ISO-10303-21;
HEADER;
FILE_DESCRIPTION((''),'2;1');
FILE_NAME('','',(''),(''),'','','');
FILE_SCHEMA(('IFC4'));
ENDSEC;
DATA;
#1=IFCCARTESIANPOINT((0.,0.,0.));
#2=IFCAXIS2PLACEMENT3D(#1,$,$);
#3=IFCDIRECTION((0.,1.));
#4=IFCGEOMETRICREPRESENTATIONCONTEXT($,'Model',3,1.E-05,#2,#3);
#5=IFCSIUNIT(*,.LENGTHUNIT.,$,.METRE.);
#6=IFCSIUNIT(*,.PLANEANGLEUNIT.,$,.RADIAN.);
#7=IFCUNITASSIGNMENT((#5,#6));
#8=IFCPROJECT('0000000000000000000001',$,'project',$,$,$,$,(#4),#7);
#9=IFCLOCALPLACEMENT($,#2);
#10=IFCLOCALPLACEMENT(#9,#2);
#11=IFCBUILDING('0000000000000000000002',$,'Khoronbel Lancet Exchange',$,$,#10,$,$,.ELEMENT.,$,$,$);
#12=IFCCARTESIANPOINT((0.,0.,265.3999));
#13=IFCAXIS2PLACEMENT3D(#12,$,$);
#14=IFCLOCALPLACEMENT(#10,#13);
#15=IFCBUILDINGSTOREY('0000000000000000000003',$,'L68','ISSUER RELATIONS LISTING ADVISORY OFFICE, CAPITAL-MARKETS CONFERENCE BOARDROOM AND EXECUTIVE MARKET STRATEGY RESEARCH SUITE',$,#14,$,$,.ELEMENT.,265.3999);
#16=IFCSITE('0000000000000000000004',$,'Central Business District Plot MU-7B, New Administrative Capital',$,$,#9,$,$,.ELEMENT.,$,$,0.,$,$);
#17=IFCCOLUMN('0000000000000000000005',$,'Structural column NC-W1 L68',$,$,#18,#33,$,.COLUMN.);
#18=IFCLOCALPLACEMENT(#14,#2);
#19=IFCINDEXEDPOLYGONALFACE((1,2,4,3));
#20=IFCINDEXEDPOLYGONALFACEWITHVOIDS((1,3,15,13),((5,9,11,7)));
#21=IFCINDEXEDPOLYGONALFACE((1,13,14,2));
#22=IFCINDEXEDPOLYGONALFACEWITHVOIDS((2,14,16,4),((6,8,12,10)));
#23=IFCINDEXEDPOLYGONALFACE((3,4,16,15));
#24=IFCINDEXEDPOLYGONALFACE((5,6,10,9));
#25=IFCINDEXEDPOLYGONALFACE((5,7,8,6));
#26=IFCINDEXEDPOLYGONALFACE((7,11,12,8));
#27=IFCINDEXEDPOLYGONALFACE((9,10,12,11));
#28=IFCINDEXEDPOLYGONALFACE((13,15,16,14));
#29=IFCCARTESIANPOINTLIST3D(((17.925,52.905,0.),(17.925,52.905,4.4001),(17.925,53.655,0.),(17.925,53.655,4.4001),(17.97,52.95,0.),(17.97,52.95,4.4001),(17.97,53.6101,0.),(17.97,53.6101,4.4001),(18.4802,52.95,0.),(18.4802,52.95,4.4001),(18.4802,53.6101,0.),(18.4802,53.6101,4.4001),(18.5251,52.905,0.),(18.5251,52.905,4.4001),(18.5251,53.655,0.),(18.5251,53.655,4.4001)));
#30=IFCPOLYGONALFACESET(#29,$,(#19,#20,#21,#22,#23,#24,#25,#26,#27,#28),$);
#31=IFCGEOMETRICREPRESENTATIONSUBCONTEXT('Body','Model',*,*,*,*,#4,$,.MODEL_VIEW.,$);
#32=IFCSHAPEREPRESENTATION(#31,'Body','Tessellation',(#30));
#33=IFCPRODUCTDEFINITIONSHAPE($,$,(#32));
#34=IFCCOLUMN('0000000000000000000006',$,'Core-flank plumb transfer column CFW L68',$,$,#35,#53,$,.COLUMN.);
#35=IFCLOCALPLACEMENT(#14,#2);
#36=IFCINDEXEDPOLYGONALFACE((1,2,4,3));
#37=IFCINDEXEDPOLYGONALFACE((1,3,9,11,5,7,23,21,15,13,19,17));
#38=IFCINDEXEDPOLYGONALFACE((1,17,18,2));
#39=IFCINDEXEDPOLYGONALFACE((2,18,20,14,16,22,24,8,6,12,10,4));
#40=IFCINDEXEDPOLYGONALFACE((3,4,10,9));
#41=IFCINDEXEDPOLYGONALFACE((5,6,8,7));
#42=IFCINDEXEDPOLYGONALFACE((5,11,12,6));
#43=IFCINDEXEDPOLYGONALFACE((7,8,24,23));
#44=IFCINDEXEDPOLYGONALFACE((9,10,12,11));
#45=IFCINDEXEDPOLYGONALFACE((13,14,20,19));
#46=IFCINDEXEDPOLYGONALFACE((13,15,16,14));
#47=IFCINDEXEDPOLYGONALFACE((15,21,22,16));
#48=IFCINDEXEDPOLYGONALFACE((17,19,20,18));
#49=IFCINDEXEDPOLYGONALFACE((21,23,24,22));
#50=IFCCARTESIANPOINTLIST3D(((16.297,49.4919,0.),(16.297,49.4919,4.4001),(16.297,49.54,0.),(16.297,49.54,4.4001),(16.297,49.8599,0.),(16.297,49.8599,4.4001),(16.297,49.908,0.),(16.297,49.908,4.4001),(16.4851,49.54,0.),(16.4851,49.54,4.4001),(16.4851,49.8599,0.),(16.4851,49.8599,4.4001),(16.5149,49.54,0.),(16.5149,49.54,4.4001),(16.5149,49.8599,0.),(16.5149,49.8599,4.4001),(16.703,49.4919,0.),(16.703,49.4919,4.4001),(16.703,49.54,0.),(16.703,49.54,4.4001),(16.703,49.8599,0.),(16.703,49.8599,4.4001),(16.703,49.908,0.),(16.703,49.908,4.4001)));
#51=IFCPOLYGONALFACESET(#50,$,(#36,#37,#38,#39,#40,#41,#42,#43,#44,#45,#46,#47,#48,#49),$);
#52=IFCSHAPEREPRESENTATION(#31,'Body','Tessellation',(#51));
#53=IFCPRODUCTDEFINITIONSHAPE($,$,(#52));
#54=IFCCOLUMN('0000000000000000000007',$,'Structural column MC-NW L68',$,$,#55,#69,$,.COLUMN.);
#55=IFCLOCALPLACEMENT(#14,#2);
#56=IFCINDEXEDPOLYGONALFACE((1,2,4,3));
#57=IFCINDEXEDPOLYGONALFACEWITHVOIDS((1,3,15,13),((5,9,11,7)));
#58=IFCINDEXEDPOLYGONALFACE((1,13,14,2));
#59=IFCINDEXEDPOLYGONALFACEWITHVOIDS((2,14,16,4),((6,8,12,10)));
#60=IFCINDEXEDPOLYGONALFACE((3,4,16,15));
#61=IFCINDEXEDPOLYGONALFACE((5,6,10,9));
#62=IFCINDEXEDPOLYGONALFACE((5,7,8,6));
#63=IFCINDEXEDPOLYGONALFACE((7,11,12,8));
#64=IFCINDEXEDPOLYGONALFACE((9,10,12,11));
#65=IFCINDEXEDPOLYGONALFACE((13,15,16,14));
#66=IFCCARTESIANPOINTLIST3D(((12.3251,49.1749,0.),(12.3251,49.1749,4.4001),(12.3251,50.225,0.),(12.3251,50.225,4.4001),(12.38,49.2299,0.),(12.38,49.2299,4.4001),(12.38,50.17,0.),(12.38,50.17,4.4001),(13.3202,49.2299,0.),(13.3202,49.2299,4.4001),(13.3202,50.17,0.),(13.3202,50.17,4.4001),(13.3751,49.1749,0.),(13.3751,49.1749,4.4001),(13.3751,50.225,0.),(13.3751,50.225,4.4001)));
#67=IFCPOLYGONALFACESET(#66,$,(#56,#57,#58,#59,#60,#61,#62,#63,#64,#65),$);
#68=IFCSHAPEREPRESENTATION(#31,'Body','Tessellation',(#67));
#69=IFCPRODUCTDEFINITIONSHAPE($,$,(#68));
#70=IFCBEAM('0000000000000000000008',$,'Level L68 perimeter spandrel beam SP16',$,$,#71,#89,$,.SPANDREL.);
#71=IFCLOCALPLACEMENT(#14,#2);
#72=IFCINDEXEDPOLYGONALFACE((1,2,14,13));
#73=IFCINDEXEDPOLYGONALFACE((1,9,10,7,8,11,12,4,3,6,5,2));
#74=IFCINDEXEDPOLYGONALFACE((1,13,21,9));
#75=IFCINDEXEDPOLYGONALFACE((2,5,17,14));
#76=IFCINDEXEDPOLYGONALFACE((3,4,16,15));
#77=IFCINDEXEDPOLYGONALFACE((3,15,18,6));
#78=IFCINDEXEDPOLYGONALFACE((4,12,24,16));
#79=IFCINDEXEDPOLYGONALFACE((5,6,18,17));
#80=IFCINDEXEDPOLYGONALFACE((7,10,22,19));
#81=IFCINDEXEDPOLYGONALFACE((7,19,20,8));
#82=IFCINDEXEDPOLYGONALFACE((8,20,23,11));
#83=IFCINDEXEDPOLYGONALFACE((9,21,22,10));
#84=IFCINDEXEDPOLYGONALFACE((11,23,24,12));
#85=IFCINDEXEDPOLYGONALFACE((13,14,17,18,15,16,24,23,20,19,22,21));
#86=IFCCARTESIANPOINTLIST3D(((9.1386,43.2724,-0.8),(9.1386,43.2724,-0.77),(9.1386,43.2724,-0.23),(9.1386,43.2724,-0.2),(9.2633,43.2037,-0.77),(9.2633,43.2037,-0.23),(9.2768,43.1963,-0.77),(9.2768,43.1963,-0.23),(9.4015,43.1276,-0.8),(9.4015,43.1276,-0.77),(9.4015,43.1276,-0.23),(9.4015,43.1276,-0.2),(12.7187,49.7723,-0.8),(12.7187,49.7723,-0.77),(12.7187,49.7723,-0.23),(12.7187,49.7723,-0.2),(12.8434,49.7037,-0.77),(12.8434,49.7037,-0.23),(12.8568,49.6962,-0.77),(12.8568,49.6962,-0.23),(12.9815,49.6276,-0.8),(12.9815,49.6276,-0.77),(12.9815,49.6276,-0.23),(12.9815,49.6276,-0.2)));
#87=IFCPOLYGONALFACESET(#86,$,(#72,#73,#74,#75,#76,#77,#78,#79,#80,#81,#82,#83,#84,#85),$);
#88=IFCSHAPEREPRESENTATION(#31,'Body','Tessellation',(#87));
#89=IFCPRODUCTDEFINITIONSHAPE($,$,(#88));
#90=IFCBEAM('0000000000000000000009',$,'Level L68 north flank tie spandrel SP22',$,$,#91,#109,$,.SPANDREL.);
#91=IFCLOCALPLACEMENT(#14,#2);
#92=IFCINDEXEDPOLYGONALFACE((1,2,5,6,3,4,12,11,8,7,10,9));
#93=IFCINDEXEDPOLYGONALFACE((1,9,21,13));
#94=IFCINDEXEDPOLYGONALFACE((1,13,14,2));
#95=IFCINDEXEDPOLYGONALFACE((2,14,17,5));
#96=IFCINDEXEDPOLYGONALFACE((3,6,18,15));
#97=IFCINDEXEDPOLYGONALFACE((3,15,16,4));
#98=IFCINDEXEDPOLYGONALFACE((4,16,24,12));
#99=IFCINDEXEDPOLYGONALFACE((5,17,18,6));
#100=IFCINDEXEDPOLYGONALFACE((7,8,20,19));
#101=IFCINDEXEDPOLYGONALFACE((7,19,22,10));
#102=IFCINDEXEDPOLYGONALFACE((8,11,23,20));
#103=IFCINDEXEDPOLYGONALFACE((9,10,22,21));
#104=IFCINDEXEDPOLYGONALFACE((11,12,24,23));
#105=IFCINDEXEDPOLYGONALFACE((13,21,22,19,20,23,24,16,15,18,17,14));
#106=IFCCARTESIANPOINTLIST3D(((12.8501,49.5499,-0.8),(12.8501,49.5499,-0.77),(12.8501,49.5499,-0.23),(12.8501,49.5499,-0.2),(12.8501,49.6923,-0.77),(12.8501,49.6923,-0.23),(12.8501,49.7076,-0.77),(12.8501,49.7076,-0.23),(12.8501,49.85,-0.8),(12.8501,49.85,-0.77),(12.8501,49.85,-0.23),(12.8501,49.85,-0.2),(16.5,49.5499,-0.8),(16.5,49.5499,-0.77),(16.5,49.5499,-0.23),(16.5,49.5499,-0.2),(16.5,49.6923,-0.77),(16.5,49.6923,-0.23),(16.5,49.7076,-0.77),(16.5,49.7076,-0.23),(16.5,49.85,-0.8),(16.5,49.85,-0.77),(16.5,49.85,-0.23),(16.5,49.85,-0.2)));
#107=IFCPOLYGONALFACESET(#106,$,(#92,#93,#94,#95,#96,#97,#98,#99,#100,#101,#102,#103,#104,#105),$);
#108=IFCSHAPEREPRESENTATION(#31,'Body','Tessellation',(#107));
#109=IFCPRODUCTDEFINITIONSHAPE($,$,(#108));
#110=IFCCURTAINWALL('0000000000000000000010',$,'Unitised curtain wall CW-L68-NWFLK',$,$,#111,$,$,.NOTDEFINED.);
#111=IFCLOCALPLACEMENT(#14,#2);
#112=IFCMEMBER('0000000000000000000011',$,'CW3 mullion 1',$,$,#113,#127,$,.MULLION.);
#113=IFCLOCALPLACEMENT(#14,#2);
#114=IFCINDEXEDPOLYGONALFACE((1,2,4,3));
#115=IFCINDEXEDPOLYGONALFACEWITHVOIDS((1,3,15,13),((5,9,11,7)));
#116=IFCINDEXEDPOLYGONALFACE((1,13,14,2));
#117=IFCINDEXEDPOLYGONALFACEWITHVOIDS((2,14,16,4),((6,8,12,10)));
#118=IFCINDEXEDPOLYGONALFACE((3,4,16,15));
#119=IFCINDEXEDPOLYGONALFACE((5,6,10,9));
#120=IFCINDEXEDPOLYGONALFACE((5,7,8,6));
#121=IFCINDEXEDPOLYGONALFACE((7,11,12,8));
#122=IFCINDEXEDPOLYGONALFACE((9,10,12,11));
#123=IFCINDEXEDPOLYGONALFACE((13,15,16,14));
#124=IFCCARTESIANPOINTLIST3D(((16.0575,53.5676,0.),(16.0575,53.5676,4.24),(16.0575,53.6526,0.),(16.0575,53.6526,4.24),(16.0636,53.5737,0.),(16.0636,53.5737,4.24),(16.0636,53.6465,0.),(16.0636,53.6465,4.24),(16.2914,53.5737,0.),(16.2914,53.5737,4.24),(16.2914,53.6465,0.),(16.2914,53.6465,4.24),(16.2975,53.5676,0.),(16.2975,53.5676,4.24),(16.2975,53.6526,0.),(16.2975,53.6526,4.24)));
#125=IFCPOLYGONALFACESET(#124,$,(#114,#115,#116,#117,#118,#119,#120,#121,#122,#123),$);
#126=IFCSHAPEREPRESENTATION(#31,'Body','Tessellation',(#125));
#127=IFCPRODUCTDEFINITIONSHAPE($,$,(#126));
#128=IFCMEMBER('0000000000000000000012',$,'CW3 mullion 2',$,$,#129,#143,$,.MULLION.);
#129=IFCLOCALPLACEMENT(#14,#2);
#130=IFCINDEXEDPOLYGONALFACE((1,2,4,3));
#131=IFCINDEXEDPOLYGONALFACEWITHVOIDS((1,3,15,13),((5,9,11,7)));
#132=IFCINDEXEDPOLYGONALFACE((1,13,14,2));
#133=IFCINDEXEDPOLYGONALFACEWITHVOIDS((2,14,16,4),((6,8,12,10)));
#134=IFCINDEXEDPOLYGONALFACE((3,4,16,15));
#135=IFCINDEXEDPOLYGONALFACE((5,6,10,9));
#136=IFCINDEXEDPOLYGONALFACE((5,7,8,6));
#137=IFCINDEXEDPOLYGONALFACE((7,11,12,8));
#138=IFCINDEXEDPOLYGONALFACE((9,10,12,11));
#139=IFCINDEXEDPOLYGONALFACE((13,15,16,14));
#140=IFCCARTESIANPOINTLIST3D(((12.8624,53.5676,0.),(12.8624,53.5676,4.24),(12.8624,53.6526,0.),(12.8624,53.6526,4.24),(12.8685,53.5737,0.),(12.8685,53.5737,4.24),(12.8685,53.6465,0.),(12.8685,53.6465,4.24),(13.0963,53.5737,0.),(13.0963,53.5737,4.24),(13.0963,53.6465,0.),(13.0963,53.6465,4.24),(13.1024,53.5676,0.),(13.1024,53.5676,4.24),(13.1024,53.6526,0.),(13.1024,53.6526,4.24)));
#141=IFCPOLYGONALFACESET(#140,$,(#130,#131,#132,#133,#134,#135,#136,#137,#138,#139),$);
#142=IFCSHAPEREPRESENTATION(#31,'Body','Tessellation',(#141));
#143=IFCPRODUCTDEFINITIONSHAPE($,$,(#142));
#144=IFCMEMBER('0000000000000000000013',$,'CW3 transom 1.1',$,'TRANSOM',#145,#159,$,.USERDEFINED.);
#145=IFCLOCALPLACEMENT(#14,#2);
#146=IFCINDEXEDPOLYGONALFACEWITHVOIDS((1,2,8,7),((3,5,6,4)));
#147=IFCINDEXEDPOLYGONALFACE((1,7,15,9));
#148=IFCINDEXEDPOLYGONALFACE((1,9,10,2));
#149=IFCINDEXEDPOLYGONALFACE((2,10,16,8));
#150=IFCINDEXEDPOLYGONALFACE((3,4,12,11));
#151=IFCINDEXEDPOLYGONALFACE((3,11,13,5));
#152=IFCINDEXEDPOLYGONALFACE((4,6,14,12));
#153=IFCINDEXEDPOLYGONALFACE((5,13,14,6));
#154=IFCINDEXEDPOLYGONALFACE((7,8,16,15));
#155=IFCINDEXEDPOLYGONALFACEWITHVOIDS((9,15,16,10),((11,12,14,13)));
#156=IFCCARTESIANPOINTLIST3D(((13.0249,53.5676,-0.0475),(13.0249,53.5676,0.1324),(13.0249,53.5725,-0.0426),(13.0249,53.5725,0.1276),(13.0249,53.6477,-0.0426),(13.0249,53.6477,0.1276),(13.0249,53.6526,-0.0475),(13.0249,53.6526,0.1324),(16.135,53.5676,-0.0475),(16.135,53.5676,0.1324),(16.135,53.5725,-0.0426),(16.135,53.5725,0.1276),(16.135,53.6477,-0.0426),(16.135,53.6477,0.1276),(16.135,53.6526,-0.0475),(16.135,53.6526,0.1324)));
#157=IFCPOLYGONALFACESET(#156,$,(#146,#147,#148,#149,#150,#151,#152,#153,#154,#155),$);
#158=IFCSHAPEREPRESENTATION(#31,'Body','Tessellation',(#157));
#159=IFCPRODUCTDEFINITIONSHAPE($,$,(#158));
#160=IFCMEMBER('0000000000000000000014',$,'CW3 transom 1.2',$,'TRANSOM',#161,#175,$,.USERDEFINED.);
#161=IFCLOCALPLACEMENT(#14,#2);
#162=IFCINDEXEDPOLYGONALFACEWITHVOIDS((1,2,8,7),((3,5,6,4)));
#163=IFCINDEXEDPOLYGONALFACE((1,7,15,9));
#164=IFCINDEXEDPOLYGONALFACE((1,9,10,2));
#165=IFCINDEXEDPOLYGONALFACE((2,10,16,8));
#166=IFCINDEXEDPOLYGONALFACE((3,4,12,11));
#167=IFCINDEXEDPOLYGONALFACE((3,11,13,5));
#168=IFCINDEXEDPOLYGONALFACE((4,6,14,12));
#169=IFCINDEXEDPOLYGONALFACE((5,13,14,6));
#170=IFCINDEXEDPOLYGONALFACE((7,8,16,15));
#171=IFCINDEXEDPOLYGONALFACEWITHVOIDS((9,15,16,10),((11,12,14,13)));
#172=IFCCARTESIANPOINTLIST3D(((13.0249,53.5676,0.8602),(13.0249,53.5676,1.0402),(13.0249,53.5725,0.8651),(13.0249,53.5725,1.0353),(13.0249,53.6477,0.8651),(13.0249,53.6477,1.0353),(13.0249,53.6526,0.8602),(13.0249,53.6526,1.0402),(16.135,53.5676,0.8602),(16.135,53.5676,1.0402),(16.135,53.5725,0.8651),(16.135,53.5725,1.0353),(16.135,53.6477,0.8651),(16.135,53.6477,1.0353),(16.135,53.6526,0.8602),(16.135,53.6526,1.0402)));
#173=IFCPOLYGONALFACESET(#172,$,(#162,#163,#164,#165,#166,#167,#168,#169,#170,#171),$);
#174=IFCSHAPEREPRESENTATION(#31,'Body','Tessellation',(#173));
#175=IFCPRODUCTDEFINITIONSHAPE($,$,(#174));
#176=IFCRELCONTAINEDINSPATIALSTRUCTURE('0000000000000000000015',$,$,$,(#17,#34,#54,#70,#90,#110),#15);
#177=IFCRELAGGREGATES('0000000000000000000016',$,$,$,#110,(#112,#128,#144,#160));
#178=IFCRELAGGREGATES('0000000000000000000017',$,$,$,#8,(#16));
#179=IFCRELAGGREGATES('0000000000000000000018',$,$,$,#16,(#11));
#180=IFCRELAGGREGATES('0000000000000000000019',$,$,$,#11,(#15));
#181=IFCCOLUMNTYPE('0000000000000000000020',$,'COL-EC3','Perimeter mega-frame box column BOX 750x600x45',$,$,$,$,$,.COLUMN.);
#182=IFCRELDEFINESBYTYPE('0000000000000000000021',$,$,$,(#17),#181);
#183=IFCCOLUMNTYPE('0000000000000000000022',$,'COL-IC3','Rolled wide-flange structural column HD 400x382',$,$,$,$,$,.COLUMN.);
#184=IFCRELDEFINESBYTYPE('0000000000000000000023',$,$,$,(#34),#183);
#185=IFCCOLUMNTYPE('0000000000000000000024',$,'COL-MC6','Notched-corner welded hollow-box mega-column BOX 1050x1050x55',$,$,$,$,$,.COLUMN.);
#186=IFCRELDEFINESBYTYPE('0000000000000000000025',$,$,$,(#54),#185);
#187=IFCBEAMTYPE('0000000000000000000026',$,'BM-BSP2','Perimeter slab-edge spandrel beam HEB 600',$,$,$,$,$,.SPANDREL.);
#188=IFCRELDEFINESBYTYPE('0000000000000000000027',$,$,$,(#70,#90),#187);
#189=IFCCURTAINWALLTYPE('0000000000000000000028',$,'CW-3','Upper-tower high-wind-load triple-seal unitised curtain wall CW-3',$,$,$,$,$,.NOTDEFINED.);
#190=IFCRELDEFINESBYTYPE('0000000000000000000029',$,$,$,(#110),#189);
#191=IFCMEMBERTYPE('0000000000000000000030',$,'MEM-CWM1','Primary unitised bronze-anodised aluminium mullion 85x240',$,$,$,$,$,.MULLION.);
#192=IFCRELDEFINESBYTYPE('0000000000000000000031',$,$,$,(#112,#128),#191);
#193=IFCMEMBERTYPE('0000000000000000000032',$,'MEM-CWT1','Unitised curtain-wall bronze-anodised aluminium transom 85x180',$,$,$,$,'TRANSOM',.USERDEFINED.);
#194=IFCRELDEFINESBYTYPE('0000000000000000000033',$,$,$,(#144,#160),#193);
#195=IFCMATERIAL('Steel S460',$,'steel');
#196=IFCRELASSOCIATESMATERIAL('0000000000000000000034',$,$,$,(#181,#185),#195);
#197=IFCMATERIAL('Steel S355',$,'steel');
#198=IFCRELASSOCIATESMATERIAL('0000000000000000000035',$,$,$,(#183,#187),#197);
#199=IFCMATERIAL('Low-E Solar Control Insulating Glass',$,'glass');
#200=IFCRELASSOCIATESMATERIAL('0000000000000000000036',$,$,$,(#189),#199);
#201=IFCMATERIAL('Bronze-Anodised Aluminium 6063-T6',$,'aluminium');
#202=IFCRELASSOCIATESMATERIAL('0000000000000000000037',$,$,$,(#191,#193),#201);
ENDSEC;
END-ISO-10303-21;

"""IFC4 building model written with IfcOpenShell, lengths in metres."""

from ifc_helpers import new_model, si_unit, direction, frame, origin, origin_2d, place, context, subcontext, project, spatial, hollow_rectangle, i_section, extrude, material, material_profile, profile_set, type_object, element, aggregate, save


model = new_model("IFC4")

# Units and contexts
model_context = context("Model", 3, precision=1e-05, world=origin(), true_north=direction((0.0, 1.0)))
body_context = subcontext(model_context, "Body", "Model", "MODEL_VIEW")
ifc_project = project(units=[si_unit("LENGTHUNIT", "METRE"), si_unit("PLANEANGLEUNIT", "RADIAN")], contexts=[model_context])

# Site, building, storey
site_placement = place(None, origin())
site = spatial("IfcSite", under=ifc_project, at=site_placement, Name="Central Business District Plot MU-7B, New Administrative Capital", CompositionType="ELEMENT", RefElevation=0.0)
building_placement = place(site_placement, origin())
building = spatial("IfcBuilding", under=site, at=building_placement, Name="Khoronbel Lancet Exchange", CompositionType="ELEMENT")
storey_placement = place(building_placement, frame((0.0, 0.0, 265.3999)))
storey = spatial("IfcBuildingStorey", under=building, at=storey_placement, Name="L68", Description="ISSUER RELATIONS LISTING ADVISORY OFFICE, CAPITAL-MARKETS CONFERENCE BOARDROOM AND EXECUTIVE MARKET STRATEGY RESEARCH SUITE", CompositionType="ELEMENT", Elevation=265.3999)

# Columns
ifc_material_1 = material(Name="Steel S460", Category="steel")
ifc_material_profile_1 = material_profile(ifc_material_1, hollow_rectangle(XDim=0.6001, YDim=0.75, WallThickness=0.0449, at=origin_2d()), Name="BOX 750x600x45")
ifc_profile_set_1 = profile_set([ifc_material_profile_1], Name="Steel S460")
column_type_1 = type_object("IfcColumnType", Name="COL-EC3", Description="Perimeter mega-frame box column BOX 750x600x45", PredefinedType="COLUMN", material=ifc_profile_set_1)
column_1_placement = place(storey_placement, frame((18.2251, 53.28, 0.0), z_axis=(0.0, 0.0, 1.0), x_axis=(1.0, 0.0, 0.0)))
element("IfcColumn", 1, at=column_1_placement, inside=storey, type_object=column_type_1, Name="Structural column NC-W1 L68", PredefinedType="COLUMN", context=body_context, shape_type="SweptSolid", body=[
    extrude(hollow_rectangle(XDim=0.6001, YDim=0.75, WallThickness=0.0449, at=origin_2d()), origin(), (0.0, 0.0, 1.0), 4.4001),
])
ifc_material_2 = material(Name="Steel S355", Category="steel")
ifc_material_profile_2 = material_profile(ifc_material_2, i_section(OverallWidth=0.406, OverallDepth=0.416, WebThickness=0.0298, FlangeThickness=0.0481, at=origin_2d()), Name="HD 400x382")
ifc_profile_set_2 = profile_set([ifc_material_profile_2], Name="Steel S355")
column_type_2 = type_object("IfcColumnType", Name="COL-IC3", Description="Rolled wide-flange structural column HD 400x382", PredefinedType="COLUMN", material=ifc_profile_set_2)
column_2_placement = place(storey_placement, frame((16.5, 49.7, 0.0), z_axis=(0.0, 0.0, 1.0), x_axis=(1.0, 0.0, 0.0)))
element("IfcColumn", 2, at=column_2_placement, inside=storey, type_object=column_type_2, Name="Core-flank plumb transfer column CFW L68", PredefinedType="COLUMN", context=body_context, shape_type="SweptSolid", body=[
    extrude(i_section(OverallWidth=0.406, OverallDepth=0.416, WebThickness=0.0298, FlangeThickness=0.0481, at=origin_2d()), origin(), (0.0, 0.0, 1.0), 4.4001),
])
ifc_material_profile_3 = material_profile(ifc_material_1, hollow_rectangle(XDim=1.05, YDim=1.05, WallThickness=0.0549, at=origin_2d()), Name="BOX 1050x1050x55")
ifc_profile_set_3 = profile_set([ifc_material_profile_3], Name="Steel S460")
column_type_3 = type_object("IfcColumnType", Name="COL-MC6", Description="Notched-corner welded hollow-box mega-column BOX 1050x1050x55", PredefinedType="COLUMN", material=ifc_profile_set_3)
column_3_placement = place(storey_placement, frame((12.8501, 49.7, 0.0), z_axis=(0.0, 0.0, 1.0), x_axis=(1.0, 0.0, 0.0)))
element("IfcColumn", 3, at=column_3_placement, inside=storey, type_object=column_type_3, Name="Structural column MC-NW L68", PredefinedType="COLUMN", context=body_context, shape_type="SweptSolid", body=[
    extrude(hollow_rectangle(XDim=1.05, YDim=1.05, WallThickness=0.0549, at=origin_2d()), origin(), (0.0, 0.0, 1.0), 4.4001),
])

# Beams
ifc_material_profile_4 = material_profile(ifc_material_2, i_section(OverallWidth=0.3, OverallDepth=0.6001, WebThickness=0.0154, FlangeThickness=0.03, at=origin_2d()), Name="HEB 600")
ifc_profile_set_4 = profile_set([ifc_material_profile_4], Name="Steel S355")
beam_type = type_object("IfcBeamType", Name="BM-BSP2", Description="Perimeter slab-edge spandrel beam HEB 600", PredefinedType="SPANDREL", material=ifc_profile_set_4)
beam_1_placement = place(storey_placement, frame((12.8501, 49.7, -0.5), z_axis=(-0.482444, -0.875927, 0.0), x_axis=(0.875927, -0.482444, 0.0)))
element("IfcBeam", 4, at=beam_1_placement, inside=storey, type_object=beam_type, Name="Level L68 perimeter spandrel beam SP16", PredefinedType="SPANDREL", context=body_context, shape_type="SweptSolid", body=[
    extrude(i_section(OverallWidth=0.3, OverallDepth=0.6001, WebThickness=0.0154, FlangeThickness=0.03, at=origin_2d()), origin(), (0.0, 0.0, 1.0), 7.4207),
])
beam_2_placement = place(storey_placement, frame((12.8501, 49.7, -0.5), z_axis=(1.0, 0.0, 0.0), x_axis=(0.0, 1.0, 0.0)))
element("IfcBeam", 5, at=beam_2_placement, inside=storey, type_object=beam_type, Name="Level L68 north flank tie spandrel SP22", PredefinedType="SPANDREL", context=body_context, shape_type="SweptSolid", body=[
    extrude(i_section(OverallWidth=0.3, OverallDepth=0.6001, WebThickness=0.0154, FlangeThickness=0.03, at=origin_2d()), origin(), (0.0, 0.0, 1.0), 3.6499),
])

# Curtain wall, members
ifc_material_3 = material(Name="Low-E Solar Control Insulating Glass", Category="glass")
curtain_wall_type = type_object("IfcCurtainWallType", Name="CW-3", Description="Upper-tower high-wind-load triple-seal unitised curtain wall CW-3", PredefinedType="NOTDEFINED", material=ifc_material_3)
curtain_wall_placement = place(storey_placement, origin())
curtain_wall = element("IfcCurtainWall", 6, at=curtain_wall_placement, inside=storey, type_object=curtain_wall_type, Name="Unitised curtain wall CW-L68-NWFLK", PredefinedType="NOTDEFINED")
ifc_material_4 = material(Name="Bronze-Anodised Aluminium 6063-T6", Category="aluminium")
ifc_material_profile_5 = material_profile(ifc_material_4, hollow_rectangle(XDim=0.085, YDim=0.24, WallThickness=0.0061, at=origin_2d()), Name="ALU MULLION 85x240")
ifc_profile_set_5 = profile_set([ifc_material_profile_5], Name="Bronze-Anodised Aluminium 6063-T6")
member_type_1 = type_object("IfcMemberType", Name="MEM-CWM1", Description="Primary unitised bronze-anodised aluminium mullion 85x240", PredefinedType="MULLION", material=ifc_profile_set_5)
member_1_placement = place(storey_placement, frame((16.1775, 53.6101, 0.0), z_axis=(0.0, 0.0, 1.0), x_axis=(0.0, -1.0, 0.0)))
member_1 = element("IfcMember", 7, at=member_1_placement, type_object=member_type_1, Name="CW3 mullion 1", PredefinedType="MULLION", context=body_context, shape_type="SweptSolid", body=[
    extrude(hollow_rectangle(XDim=0.085, YDim=0.24, WallThickness=0.0061, at=origin_2d()), origin(), (0.0, 0.0, 1.0), 4.24),
])
member_2_placement = place(storey_placement, frame((12.9824, 53.6101, 0.0), z_axis=(0.0, 0.0, 1.0), x_axis=(0.0, -1.0, 0.0)))
member_2 = element("IfcMember", 8, at=member_2_placement, type_object=member_type_1, Name="CW3 mullion 2", PredefinedType="MULLION", context=body_context, shape_type="SweptSolid", body=[
    extrude(hollow_rectangle(XDim=0.085, YDim=0.24, WallThickness=0.0061, at=origin_2d()), origin(), (0.0, 0.0, 1.0), 4.24),
])
ifc_material_profile_6 = material_profile(ifc_material_4, hollow_rectangle(XDim=0.085, YDim=0.1799, WallThickness=0.0049, at=origin_2d()), Name="ALU TRANSOM 85x180")
ifc_profile_set_6 = profile_set([ifc_material_profile_6], Name="Bronze-Anodised Aluminium 6063-T6")
member_type_2 = type_object("IfcMemberType", Name="MEM-CWT1", Description="Unitised curtain-wall bronze-anodised aluminium transom 85x180", ElementType="TRANSOM", PredefinedType="USERDEFINED", material=ifc_profile_set_6)
member_3_placement = place(storey_placement, frame((16.135, 53.6101, 0.0425), z_axis=(-1.0, 0.0, 0.0), x_axis=(0.0, -1.0, 0.0)))
member_3 = element("IfcMember", 9, at=member_3_placement, type_object=member_type_2, Name="CW3 transom 1.1", ObjectType="TRANSOM", PredefinedType="USERDEFINED", context=body_context, shape_type="SweptSolid", body=[
    extrude(hollow_rectangle(XDim=0.085, YDim=0.1799, WallThickness=0.0049, at=origin_2d()), origin(), (0.0, 0.0, 1.0), 3.1101),
])
member_4_placement = place(storey_placement, frame((16.135, 53.6101, 0.9502), z_axis=(-1.0, 0.0, 0.0), x_axis=(0.0, -1.0, 0.0)))
member_4 = element("IfcMember", 10, at=member_4_placement, type_object=member_type_2, Name="CW3 transom 1.2", ObjectType="TRANSOM", PredefinedType="USERDEFINED", context=body_context, shape_type="SweptSolid", body=[
    extrude(hollow_rectangle(XDim=0.085, YDim=0.1799, WallThickness=0.0049, at=origin_2d()), origin(), (0.0, 0.0, 1.0), 3.1101),
])
aggregate(curtain_wall, [member_1, member_2, member_3, member_4])

save(model, "model.ifc")
